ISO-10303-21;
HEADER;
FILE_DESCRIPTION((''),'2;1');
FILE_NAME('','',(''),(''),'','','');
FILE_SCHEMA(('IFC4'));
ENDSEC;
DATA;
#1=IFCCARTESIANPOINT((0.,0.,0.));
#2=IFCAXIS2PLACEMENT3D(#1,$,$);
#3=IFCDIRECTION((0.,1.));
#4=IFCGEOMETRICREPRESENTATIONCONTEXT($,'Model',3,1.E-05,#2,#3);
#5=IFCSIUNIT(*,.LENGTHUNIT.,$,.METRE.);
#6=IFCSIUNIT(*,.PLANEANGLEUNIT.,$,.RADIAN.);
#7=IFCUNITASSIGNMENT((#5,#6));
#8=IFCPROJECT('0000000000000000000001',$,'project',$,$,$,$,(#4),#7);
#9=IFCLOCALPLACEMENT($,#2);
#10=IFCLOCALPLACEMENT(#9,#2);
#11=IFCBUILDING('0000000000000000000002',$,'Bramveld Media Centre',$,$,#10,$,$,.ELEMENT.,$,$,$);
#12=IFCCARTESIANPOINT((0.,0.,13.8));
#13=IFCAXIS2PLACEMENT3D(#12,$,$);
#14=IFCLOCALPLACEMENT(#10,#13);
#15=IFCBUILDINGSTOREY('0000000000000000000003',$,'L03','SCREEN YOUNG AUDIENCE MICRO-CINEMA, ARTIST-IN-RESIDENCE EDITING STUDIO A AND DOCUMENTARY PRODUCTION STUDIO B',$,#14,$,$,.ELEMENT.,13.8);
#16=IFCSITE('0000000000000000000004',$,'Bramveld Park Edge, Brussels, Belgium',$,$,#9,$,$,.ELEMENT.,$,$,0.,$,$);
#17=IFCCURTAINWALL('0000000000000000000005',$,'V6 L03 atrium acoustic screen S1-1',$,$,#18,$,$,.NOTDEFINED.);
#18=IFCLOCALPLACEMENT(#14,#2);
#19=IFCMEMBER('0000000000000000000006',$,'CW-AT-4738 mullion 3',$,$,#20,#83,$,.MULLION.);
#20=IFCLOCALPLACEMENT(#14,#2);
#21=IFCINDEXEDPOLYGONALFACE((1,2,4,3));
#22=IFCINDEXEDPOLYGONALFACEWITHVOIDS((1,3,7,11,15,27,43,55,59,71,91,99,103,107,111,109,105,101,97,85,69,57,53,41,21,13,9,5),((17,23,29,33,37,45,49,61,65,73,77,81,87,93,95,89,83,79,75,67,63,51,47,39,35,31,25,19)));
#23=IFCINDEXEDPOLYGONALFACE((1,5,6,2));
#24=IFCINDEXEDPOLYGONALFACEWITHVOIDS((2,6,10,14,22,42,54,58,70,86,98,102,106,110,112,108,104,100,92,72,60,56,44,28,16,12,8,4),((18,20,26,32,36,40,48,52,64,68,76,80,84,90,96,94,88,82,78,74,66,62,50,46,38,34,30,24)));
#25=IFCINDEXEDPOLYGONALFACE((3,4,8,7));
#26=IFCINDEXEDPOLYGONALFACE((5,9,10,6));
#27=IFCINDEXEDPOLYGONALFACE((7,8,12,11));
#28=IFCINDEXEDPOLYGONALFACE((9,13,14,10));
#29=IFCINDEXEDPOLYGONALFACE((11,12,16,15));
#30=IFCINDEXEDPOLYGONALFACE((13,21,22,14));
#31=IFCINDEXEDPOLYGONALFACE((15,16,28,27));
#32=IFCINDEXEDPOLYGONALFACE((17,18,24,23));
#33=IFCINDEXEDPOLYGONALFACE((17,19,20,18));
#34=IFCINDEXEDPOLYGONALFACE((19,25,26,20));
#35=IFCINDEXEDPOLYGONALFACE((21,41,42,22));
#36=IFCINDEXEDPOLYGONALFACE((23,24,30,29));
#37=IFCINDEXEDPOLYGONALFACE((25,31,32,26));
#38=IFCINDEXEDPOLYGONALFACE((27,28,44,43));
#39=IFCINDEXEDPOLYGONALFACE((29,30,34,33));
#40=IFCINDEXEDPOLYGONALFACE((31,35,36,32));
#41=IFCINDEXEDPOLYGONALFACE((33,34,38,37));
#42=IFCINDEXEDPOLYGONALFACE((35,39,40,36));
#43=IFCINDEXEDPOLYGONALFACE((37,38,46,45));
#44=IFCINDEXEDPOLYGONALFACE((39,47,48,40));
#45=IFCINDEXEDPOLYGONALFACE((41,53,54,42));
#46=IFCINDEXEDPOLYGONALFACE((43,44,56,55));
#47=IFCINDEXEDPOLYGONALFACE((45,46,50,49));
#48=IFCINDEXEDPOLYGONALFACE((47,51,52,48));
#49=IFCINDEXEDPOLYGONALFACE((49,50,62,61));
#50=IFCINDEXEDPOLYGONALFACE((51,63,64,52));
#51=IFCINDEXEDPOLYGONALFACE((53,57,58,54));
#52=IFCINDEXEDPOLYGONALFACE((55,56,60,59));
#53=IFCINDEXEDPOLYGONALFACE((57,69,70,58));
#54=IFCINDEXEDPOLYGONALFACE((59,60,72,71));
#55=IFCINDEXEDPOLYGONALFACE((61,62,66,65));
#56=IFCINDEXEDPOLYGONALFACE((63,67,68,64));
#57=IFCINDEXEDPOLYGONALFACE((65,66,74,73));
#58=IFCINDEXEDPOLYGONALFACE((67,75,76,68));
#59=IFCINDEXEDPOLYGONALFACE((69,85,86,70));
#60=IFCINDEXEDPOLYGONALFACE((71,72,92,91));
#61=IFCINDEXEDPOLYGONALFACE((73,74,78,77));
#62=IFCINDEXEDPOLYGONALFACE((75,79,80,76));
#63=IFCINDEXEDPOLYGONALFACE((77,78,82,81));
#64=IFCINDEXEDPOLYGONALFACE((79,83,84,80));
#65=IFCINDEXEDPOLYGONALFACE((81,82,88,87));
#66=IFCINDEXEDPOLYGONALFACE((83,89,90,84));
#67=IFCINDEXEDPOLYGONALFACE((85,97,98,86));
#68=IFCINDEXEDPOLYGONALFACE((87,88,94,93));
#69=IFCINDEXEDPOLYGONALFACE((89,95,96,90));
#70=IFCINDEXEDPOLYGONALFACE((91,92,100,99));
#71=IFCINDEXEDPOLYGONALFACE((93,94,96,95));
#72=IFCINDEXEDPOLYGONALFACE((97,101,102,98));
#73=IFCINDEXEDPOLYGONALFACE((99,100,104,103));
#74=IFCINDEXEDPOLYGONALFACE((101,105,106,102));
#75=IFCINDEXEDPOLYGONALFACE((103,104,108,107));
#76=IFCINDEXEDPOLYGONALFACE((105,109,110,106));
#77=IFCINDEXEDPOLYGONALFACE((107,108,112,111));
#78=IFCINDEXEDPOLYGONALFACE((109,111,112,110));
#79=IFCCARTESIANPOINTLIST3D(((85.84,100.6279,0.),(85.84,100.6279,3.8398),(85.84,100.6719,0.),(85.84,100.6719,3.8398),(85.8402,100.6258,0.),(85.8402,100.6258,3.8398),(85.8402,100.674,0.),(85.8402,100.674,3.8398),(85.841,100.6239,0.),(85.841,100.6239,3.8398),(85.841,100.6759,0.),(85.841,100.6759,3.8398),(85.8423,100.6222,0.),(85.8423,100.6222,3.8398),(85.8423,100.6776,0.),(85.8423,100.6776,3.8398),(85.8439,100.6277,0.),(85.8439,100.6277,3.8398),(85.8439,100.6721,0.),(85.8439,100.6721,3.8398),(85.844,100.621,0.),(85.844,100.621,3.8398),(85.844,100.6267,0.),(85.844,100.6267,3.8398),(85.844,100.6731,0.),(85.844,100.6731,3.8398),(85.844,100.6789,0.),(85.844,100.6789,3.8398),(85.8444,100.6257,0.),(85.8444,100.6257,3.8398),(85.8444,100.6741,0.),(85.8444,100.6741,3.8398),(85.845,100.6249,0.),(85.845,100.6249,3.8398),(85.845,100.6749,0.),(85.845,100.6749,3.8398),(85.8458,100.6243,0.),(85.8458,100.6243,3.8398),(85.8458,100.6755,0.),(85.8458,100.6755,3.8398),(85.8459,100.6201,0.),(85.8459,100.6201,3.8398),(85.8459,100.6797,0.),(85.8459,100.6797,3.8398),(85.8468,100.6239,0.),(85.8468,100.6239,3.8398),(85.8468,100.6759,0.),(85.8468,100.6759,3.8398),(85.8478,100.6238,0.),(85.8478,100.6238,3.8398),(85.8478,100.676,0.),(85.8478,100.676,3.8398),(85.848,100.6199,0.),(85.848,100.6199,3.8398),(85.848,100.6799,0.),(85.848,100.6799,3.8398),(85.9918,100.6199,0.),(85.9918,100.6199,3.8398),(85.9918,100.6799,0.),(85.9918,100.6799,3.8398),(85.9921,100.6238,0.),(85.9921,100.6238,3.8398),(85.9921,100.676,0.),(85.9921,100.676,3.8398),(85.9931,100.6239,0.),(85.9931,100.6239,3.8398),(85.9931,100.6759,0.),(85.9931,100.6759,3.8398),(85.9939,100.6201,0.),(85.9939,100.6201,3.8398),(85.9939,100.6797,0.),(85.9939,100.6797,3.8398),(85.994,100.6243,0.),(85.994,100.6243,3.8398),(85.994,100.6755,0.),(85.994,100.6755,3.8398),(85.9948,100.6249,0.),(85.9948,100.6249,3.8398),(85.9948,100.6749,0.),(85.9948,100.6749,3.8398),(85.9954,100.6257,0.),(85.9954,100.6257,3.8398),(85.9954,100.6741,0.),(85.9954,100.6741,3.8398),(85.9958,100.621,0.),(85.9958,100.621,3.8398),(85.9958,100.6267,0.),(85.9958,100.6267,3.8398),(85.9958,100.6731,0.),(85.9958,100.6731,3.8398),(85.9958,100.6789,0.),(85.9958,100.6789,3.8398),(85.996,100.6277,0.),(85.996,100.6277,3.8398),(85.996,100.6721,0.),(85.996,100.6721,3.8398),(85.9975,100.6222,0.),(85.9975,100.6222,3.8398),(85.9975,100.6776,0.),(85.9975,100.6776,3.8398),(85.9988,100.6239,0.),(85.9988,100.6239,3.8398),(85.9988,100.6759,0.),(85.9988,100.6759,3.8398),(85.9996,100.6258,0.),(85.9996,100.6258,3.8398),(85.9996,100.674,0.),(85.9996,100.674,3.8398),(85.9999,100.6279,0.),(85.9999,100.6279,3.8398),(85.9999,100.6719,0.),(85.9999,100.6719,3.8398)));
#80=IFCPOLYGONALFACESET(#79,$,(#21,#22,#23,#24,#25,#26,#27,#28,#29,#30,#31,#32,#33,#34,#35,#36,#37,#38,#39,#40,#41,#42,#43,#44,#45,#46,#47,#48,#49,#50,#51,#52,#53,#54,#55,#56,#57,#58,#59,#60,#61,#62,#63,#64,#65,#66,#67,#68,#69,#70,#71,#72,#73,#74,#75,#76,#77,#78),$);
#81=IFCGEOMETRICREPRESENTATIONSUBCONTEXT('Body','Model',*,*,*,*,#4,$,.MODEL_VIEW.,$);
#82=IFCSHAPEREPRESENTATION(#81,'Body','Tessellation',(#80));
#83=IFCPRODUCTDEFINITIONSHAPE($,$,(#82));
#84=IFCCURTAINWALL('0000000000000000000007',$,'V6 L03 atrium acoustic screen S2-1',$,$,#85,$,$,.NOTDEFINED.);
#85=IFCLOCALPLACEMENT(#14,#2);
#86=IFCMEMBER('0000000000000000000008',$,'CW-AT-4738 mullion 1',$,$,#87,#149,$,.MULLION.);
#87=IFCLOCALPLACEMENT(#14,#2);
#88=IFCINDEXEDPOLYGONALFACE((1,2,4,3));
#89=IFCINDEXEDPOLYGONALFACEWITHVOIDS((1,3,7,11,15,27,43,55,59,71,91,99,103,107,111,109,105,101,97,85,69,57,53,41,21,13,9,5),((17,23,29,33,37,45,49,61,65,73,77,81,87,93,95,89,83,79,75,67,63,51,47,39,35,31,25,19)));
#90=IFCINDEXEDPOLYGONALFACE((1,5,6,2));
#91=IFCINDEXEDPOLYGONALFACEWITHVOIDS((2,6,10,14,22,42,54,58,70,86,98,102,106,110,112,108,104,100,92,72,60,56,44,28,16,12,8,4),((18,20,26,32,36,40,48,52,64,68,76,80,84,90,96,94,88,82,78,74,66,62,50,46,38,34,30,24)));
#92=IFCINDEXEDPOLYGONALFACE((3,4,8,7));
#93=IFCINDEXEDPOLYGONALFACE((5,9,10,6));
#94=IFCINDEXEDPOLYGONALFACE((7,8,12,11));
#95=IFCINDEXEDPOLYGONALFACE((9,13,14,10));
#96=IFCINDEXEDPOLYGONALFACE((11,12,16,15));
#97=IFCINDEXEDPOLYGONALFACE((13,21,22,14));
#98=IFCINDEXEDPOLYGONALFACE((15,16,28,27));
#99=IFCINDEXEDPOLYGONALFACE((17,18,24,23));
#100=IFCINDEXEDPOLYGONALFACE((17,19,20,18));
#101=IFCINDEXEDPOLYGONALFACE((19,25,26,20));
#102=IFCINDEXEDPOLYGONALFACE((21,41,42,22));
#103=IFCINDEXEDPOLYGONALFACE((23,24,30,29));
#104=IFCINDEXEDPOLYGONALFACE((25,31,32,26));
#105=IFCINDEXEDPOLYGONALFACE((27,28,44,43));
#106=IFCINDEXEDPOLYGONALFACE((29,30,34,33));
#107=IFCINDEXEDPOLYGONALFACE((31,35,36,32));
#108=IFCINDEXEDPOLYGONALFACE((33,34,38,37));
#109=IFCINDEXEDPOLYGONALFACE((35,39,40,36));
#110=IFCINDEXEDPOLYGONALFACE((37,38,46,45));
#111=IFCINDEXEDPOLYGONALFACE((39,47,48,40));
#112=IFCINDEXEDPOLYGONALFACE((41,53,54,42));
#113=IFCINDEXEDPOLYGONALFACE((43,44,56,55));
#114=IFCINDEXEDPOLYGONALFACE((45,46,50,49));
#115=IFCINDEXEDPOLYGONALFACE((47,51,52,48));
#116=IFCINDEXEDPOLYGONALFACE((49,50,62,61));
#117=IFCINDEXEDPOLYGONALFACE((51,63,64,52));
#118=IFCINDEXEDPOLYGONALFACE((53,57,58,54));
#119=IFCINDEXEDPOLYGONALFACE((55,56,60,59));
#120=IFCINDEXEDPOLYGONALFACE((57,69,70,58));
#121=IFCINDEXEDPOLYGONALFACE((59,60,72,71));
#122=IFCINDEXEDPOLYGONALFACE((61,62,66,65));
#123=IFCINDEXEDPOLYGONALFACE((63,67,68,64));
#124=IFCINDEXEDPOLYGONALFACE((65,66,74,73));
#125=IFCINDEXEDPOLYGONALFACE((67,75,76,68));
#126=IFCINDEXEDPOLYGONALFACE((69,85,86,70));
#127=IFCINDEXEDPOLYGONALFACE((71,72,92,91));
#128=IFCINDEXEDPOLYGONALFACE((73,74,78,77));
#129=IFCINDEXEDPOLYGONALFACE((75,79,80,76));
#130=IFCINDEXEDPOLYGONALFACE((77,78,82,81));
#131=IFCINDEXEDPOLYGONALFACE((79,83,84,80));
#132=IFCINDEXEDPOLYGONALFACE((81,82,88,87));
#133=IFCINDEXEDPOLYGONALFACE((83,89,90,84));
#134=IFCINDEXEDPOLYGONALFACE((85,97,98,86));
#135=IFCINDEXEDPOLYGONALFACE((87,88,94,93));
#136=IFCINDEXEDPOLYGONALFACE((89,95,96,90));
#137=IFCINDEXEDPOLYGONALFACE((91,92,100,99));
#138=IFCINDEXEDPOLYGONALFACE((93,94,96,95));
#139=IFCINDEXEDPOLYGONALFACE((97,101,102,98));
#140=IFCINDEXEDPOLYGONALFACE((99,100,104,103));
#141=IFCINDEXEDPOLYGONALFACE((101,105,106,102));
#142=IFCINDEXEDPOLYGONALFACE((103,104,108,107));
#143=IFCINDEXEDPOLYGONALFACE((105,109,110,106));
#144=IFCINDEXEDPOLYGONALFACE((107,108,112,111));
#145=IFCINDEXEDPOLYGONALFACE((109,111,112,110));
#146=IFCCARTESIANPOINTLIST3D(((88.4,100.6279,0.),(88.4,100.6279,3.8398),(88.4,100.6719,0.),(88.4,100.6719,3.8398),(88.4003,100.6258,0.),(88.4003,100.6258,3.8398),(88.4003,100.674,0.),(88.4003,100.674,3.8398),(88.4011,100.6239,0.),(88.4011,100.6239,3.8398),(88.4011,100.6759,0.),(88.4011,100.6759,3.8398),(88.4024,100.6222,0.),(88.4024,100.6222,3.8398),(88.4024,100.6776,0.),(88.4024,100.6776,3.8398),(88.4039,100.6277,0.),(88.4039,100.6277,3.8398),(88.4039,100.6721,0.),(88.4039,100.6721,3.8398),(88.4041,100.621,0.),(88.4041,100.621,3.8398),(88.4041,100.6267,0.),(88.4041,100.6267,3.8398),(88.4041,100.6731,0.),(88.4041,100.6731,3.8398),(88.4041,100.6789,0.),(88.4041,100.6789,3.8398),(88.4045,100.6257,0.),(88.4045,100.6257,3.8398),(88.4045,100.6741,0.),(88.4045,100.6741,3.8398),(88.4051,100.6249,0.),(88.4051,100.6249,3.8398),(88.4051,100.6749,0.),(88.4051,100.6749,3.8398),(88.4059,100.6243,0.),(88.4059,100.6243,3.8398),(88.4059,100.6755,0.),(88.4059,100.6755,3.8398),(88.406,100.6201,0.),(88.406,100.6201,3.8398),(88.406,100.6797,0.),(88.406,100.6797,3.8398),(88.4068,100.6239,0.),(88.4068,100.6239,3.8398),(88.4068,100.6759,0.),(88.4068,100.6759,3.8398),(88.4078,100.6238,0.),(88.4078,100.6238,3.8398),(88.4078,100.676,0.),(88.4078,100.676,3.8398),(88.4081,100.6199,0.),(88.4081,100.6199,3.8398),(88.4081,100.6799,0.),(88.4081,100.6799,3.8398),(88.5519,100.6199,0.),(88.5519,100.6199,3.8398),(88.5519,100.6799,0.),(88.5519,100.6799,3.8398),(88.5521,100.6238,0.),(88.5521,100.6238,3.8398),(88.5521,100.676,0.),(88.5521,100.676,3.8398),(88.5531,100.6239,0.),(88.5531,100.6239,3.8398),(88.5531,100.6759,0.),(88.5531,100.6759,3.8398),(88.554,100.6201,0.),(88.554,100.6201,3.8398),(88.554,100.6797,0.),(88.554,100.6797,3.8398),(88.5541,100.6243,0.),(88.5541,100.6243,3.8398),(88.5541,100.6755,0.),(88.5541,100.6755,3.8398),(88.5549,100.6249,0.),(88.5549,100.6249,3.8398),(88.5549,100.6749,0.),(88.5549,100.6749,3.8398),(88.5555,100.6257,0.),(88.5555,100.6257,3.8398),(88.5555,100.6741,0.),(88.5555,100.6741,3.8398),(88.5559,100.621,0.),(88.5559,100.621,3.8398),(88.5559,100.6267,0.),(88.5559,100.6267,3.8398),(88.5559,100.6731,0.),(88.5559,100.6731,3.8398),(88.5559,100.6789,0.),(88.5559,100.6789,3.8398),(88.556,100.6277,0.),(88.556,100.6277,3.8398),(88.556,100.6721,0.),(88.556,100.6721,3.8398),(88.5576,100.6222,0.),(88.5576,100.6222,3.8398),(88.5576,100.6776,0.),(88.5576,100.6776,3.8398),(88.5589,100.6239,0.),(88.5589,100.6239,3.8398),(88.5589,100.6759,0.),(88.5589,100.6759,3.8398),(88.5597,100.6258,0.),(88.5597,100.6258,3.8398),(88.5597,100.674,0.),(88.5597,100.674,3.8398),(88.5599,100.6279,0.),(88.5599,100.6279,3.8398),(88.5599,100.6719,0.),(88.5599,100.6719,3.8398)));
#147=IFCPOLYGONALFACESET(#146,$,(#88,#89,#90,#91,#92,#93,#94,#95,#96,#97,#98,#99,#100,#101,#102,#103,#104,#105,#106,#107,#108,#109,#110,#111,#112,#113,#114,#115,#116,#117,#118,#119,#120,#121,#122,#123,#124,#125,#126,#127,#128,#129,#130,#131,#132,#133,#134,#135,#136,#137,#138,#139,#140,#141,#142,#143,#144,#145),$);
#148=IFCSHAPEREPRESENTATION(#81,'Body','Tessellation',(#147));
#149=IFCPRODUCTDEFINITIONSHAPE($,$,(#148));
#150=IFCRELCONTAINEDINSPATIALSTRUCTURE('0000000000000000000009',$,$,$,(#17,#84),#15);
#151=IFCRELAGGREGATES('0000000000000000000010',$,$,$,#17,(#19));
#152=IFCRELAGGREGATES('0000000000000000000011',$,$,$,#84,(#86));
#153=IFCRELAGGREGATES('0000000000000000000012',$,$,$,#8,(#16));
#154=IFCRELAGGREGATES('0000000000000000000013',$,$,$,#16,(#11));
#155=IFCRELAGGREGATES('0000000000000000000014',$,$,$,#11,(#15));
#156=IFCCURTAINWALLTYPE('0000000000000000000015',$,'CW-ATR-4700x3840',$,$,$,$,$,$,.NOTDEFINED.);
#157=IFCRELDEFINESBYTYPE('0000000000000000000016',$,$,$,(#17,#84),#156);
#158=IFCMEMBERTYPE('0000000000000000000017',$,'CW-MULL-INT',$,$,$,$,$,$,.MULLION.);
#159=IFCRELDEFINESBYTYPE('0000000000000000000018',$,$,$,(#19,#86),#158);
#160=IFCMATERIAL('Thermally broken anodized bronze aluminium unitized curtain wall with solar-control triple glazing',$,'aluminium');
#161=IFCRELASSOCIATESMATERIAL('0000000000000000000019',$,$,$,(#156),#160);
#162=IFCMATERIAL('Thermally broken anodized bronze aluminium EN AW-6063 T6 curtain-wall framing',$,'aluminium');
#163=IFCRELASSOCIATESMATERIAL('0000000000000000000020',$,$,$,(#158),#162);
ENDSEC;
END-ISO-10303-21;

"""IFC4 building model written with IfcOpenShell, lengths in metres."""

from ifc_helpers import new_model, si_unit, direction, frame, origin, origin_2d, place, context, subcontext, project, spatial, hollow_rectangle, extrude, material, material_profile, profile_set, type_object, element, aggregate, save


model = new_model("IFC4")

# Units and contexts
model_context = context("Model", 3, precision=1e-05, world=origin(), true_north=direction((0.0, 1.0)))
body_context = subcontext(model_context, "Body", "Model", "MODEL_VIEW")
ifc_project = project(units=[si_unit("LENGTHUNIT", "METRE"), si_unit("PLANEANGLEUNIT", "RADIAN")], contexts=[model_context])

# Site, building, storey
site_placement = place(None, origin())
site = spatial("IfcSite", under=ifc_project, at=site_placement, Name="Bramveld Park Edge, Brussels, Belgium", CompositionType="ELEMENT", RefElevation=0.0)
building_placement = place(site_placement, origin())
building = spatial("IfcBuilding", under=site, at=building_placement, Name="Bramveld Media Centre", CompositionType="ELEMENT")
storey_placement = place(building_placement, frame((0.0, 0.0, 13.8)))
storey = spatial("IfcBuildingStorey", under=building, at=storey_placement, Name="L03", Description="SCREEN YOUNG AUDIENCE MICRO-CINEMA, ARTIST-IN-RESIDENCE EDITING STUDIO A AND DOCUMENTARY PRODUCTION STUDIO B", CompositionType="ELEMENT", Elevation=13.8)

# Curtain wall, member
ifc_material_1 = material(Name="Thermally broken anodized bronze aluminium unitized curtain wall with solar-control triple glazing", Category="aluminium")
curtain_wall_type = type_object("IfcCurtainWallType", Name="CW-ATR-4700x3840", PredefinedType="NOTDEFINED", material=ifc_material_1)
curtain_wall_1_placement = place(storey_placement, origin())
curtain_wall_1 = element("IfcCurtainWall", 1, at=curtain_wall_1_placement, inside=storey, type_object=curtain_wall_type, Name="V6 L03 atrium acoustic screen S1-1", PredefinedType="NOTDEFINED")
ifc_material_2 = material(Name="Thermally broken anodized bronze aluminium EN AW-6063 T6 curtain-wall framing", Category="aluminium")
ifc_material_profile_1 = material_profile(ifc_material_2, hollow_rectangle(XDim=0.0601, YDim=0.1599, WallThickness=0.0039, InnerFilletRadius=0.0039, OuterFilletRadius=0.0081, at=origin_2d()), Name="AL-MULL 60x160")
ifc_profile_set_1 = profile_set([ifc_material_profile_1], Name="Thermally broken anodized bronze aluminium EN AW-6063 T6 curtain-wall framing")
member_type_1 = type_object("IfcMemberType", Name="CW-MULL-INT", PredefinedType="MULLION", material=ifc_profile_set_1)
member_1_placement = place(storey_placement, frame((85.9199, 100.6499, 0.0), z_axis=(0.0, 0.0, 1.0), x_axis=(0.0, 1.0, 0.0)))
member_1 = element("IfcMember", 2, at=member_1_placement, type_object=member_type_1, Name="CW-AT-4738 mullion 3", PredefinedType="MULLION", context=body_context, shape_type="SweptSolid", body=[
    extrude(hollow_rectangle(XDim=0.0601, YDim=0.1599, WallThickness=0.0039, InnerFilletRadius=0.0039, OuterFilletRadius=0.0081, at=origin_2d()), origin(), (0.0, 0.0, 1.0), 3.8398),
])
aggregate(curtain_wall_1, [member_1])

# Curtain wall, member
curtain_wall_2_placement = place(storey_placement, origin())
curtain_wall_2 = element("IfcCurtainWall", 3, at=curtain_wall_2_placement, inside=storey, type_object=curtain_wall_type, Name="V6 L03 atrium acoustic screen S2-1", PredefinedType="NOTDEFINED")
member_2_placement = place(storey_placement, frame((88.48, 100.6499, 0.0), z_axis=(0.0, 0.0, 1.0), x_axis=(0.0, 1.0, 0.0)))
member_2 = element("IfcMember", 4, at=member_2_placement, type_object=member_type_1, Name="CW-AT-4738 mullion 1", PredefinedType="MULLION", context=body_context, shape_type="SweptSolid", body=[
    extrude(hollow_rectangle(XDim=0.0601, YDim=0.1599, WallThickness=0.0039, InnerFilletRadius=0.0039, OuterFilletRadius=0.0081, at=origin_2d()), origin(), (0.0, 0.0, 1.0), 3.8398),
])
aggregate(curtain_wall_2, [member_2])

save(model, "model.ifc")
